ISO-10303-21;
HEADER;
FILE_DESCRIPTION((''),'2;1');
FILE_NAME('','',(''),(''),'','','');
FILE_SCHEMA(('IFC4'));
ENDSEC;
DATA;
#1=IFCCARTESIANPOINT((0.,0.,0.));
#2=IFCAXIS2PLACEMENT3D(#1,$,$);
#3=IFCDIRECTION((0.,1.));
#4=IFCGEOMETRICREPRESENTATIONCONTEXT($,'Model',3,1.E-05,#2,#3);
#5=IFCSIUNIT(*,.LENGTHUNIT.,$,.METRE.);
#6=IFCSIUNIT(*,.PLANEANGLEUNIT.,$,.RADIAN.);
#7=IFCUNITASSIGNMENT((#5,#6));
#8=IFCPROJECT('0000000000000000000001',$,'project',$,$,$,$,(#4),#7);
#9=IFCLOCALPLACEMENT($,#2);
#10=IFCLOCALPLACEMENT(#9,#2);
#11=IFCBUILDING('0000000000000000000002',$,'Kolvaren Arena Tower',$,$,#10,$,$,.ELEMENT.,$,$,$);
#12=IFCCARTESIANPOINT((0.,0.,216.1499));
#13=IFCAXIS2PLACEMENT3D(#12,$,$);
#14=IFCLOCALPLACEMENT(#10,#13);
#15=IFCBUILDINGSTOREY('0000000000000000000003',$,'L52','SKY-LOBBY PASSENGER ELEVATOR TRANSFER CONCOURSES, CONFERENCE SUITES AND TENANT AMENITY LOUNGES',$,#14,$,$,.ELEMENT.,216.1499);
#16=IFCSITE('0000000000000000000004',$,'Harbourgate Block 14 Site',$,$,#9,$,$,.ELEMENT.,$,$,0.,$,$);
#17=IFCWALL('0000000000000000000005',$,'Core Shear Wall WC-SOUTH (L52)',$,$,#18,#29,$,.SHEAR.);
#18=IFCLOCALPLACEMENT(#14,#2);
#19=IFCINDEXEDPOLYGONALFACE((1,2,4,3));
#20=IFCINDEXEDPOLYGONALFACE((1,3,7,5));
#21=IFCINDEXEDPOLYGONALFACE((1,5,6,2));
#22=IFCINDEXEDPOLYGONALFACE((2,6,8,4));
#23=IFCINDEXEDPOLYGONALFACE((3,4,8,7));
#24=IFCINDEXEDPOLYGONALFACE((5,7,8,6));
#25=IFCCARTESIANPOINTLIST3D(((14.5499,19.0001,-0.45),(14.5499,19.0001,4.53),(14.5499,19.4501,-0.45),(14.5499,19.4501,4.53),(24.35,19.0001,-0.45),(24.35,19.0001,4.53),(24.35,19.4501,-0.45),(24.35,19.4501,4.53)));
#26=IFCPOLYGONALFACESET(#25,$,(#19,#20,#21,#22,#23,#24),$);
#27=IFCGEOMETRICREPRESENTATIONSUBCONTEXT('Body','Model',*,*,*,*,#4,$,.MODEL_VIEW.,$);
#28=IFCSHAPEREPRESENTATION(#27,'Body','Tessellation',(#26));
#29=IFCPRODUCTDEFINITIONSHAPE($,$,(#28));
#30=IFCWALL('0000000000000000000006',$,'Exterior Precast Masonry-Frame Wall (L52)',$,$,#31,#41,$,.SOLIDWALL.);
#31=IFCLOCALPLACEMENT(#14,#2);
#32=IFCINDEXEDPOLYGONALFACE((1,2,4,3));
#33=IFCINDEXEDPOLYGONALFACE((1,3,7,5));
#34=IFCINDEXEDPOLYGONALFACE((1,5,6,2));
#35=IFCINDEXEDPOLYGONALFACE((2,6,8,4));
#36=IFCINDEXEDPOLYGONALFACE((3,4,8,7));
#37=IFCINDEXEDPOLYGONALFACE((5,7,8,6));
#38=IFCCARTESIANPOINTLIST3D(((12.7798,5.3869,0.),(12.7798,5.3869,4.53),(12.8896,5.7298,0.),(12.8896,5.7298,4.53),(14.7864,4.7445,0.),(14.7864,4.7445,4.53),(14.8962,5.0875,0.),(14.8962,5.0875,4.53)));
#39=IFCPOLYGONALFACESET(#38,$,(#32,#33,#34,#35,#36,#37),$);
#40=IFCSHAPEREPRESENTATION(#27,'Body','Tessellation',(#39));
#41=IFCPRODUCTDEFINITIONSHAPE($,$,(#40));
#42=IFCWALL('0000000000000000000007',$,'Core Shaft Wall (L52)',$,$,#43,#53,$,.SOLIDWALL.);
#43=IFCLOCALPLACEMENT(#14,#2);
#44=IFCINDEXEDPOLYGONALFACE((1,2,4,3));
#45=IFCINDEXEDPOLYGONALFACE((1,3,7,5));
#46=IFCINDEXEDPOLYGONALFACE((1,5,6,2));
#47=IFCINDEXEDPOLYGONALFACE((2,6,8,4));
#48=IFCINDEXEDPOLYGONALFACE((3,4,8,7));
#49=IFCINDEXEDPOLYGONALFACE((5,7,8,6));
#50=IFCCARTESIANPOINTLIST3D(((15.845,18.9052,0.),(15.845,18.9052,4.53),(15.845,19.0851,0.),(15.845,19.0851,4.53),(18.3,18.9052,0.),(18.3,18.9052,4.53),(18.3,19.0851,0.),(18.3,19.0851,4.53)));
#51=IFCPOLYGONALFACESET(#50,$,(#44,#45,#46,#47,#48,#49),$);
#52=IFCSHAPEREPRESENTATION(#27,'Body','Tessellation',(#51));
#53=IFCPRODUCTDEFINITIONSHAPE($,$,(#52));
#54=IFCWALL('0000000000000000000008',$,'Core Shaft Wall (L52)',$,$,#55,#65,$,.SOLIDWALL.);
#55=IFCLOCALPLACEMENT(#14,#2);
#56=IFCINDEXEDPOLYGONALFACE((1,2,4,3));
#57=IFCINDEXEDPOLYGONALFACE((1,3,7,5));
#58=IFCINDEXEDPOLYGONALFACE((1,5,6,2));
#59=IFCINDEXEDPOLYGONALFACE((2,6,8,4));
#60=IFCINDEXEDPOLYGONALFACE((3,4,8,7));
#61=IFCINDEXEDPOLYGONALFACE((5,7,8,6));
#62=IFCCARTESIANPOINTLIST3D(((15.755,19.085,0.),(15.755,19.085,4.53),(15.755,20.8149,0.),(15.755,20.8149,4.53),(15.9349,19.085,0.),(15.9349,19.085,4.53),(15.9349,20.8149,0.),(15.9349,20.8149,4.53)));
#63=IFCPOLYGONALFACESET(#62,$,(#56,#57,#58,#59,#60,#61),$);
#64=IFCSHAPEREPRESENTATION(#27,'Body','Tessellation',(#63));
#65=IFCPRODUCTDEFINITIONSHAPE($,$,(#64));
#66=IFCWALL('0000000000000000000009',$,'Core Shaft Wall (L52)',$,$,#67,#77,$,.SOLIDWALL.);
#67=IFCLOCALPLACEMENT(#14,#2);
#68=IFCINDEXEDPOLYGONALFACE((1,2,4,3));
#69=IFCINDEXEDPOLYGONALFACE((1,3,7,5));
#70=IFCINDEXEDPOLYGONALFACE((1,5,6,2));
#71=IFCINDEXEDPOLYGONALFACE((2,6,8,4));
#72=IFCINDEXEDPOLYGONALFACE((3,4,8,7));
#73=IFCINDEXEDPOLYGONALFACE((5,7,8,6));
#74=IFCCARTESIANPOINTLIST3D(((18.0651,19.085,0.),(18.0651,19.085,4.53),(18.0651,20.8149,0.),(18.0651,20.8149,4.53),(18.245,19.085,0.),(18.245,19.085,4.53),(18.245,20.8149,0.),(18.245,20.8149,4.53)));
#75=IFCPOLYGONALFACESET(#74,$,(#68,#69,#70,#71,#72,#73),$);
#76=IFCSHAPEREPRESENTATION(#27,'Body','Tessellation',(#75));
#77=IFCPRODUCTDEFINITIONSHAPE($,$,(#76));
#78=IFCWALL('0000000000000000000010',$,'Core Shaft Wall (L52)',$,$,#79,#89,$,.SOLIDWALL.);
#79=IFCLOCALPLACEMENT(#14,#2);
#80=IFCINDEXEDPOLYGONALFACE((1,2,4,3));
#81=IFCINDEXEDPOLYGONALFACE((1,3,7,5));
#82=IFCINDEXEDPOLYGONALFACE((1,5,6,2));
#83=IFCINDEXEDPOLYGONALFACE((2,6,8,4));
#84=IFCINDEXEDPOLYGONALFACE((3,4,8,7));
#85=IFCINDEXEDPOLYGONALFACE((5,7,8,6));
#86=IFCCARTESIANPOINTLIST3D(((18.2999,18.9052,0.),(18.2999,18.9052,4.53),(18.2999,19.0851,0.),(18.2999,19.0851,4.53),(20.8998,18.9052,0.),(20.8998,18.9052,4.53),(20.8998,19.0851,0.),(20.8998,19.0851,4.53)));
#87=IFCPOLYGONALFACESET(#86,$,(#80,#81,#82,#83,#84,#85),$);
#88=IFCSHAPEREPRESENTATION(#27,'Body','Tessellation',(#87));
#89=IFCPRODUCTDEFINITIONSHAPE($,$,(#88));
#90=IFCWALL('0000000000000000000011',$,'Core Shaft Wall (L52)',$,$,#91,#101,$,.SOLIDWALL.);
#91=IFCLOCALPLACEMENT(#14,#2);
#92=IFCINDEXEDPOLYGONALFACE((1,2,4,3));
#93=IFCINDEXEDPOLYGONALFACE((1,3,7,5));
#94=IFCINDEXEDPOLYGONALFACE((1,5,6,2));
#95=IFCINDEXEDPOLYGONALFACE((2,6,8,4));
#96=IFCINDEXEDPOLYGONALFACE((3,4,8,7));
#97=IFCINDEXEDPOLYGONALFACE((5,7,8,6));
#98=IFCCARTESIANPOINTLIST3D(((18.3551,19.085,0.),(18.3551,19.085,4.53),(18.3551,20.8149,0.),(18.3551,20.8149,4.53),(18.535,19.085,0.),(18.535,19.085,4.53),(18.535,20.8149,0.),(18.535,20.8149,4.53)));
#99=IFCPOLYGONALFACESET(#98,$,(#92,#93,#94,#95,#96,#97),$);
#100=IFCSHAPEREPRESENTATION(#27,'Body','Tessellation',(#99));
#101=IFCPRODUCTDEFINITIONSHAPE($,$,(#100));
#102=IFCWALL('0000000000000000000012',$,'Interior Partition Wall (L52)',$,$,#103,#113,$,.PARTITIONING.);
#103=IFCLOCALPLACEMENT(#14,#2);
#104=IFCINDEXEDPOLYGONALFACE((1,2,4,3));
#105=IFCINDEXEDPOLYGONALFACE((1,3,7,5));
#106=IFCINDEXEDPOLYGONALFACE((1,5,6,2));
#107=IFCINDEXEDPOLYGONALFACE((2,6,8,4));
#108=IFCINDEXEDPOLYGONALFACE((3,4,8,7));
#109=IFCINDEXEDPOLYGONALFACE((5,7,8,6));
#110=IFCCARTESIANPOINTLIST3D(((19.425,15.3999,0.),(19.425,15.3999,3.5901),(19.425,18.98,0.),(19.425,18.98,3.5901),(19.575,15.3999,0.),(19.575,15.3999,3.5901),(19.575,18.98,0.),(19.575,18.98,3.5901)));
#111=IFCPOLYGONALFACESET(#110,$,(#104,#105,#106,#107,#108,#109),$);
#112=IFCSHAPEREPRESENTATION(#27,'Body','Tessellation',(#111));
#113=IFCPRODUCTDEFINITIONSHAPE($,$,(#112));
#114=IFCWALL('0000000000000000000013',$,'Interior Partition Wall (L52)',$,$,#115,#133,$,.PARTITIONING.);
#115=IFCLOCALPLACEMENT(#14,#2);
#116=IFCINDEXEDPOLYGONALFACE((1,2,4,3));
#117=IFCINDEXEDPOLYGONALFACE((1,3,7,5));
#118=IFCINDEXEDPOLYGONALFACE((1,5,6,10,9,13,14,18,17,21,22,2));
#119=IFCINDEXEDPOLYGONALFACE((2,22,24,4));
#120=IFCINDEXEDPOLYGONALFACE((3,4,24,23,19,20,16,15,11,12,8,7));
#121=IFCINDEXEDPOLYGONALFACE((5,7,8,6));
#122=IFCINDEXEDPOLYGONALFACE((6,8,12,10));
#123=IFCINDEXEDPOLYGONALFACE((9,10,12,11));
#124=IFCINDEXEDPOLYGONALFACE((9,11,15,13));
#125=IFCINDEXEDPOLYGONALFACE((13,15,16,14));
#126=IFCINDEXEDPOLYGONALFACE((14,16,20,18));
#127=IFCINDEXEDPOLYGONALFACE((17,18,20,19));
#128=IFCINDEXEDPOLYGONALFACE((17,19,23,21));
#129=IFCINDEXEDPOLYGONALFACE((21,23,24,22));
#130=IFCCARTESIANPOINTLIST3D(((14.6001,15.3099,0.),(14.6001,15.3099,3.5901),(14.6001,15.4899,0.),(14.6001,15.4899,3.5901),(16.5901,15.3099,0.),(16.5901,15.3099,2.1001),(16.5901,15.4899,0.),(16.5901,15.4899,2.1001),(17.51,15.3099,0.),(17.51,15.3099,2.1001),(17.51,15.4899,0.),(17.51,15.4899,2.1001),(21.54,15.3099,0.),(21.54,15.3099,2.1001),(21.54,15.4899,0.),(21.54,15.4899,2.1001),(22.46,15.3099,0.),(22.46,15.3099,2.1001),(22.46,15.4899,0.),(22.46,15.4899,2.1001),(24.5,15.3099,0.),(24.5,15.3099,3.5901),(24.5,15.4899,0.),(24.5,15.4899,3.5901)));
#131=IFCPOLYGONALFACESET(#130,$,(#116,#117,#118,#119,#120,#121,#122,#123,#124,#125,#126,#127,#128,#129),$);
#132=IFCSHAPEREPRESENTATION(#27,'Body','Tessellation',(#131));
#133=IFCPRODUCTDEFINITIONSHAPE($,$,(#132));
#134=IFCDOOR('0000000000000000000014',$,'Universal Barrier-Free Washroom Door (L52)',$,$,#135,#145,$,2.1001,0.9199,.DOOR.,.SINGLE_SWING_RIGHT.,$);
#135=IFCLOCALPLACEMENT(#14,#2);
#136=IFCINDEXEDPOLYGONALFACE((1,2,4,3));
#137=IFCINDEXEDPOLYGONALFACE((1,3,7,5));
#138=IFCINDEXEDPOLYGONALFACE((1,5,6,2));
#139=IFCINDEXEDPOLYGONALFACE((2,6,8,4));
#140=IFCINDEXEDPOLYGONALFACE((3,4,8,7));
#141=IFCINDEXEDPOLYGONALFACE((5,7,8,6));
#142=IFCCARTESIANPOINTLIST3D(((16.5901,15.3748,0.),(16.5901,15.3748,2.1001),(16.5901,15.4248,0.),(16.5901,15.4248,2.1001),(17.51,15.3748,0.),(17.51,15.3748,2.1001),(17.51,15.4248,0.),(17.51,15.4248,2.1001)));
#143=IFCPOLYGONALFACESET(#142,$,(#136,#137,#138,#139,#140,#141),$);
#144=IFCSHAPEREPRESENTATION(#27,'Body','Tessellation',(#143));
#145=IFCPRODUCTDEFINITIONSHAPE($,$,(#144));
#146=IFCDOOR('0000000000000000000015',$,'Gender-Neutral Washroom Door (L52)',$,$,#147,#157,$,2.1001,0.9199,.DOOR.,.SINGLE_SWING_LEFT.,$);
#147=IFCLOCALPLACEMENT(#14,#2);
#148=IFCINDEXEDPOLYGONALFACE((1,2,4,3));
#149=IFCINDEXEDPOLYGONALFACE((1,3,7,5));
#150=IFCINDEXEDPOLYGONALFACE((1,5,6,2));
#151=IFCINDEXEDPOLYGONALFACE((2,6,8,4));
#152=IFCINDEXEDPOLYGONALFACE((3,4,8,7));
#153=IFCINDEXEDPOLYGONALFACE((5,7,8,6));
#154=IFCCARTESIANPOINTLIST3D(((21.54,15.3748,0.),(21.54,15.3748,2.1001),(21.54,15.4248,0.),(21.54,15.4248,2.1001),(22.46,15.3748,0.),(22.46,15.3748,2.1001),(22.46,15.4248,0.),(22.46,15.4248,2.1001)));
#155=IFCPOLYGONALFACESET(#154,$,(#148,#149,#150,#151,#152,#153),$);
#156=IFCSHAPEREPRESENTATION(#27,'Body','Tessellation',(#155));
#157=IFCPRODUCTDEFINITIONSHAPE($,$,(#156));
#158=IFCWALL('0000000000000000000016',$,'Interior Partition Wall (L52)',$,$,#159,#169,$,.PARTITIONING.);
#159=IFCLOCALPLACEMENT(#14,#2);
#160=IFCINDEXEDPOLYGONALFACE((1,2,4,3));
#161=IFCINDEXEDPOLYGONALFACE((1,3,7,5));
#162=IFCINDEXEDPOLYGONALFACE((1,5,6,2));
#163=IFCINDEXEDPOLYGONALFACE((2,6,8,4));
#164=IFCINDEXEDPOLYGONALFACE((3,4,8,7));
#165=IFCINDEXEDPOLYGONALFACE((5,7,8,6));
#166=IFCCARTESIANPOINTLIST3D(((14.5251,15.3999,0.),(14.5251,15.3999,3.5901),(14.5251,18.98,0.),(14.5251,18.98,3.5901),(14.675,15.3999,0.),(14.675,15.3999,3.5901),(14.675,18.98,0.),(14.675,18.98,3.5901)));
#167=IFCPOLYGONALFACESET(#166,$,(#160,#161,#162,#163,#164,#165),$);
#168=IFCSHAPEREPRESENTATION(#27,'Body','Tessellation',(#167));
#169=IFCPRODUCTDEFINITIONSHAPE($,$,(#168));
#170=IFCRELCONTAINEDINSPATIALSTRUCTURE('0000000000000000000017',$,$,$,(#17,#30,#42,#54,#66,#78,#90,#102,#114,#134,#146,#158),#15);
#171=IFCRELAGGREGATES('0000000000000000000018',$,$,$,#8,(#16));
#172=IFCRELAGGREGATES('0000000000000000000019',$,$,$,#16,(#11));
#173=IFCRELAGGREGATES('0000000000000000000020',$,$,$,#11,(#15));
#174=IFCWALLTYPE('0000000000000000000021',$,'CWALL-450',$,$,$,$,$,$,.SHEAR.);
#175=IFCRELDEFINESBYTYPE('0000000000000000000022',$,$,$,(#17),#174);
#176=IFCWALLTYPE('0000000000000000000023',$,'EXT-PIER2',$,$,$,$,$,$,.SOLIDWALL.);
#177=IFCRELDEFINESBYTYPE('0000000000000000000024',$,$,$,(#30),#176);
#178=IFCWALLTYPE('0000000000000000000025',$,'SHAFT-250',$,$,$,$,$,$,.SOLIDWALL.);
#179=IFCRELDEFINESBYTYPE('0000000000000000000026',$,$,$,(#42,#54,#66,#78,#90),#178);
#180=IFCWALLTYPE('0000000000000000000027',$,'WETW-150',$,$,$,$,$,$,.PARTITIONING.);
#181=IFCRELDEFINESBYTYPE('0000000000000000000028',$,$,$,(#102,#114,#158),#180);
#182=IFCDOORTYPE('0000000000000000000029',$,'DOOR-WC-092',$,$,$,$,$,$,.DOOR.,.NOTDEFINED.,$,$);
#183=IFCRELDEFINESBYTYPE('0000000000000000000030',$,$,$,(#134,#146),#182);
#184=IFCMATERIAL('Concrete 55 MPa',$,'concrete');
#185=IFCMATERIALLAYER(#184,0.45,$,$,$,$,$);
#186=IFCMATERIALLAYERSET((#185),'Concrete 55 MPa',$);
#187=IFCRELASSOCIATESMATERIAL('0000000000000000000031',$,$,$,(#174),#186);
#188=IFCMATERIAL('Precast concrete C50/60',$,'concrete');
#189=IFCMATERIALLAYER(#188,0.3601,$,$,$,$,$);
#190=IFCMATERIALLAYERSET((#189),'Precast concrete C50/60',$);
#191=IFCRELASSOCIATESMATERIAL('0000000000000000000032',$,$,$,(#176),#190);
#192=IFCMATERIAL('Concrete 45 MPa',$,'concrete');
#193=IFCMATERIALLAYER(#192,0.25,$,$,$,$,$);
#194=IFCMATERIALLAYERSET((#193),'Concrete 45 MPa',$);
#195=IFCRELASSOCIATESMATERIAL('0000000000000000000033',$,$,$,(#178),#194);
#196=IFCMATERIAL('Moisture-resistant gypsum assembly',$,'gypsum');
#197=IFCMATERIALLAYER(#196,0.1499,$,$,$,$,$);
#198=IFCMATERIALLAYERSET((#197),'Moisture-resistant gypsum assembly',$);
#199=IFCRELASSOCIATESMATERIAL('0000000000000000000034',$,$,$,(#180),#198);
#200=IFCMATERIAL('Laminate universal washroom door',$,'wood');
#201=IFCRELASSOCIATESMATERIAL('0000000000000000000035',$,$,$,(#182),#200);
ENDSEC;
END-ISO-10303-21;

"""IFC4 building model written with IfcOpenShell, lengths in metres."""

from ifc_helpers import new_model, si_unit, direction, frame, frame_2d, origin, place, context, subcontext, project, spatial, rectangle, extrude, material, layer, layer_set, type_object, element, fill, save


model = new_model("IFC4")

# Units and contexts
model_context = context("Model", 3, precision=1e-05, world=origin(), true_north=direction((0.0, 1.0)))
body_context = subcontext(model_context, "Body", "Model", "MODEL_VIEW")
ifc_project = project(units=[si_unit("LENGTHUNIT", "METRE"), si_unit("PLANEANGLEUNIT", "RADIAN")], contexts=[model_context])

# Site, building, storey
site_placement = place(None, origin())
site = spatial("IfcSite", under=ifc_project, at=site_placement, Name="Harbourgate Block 14 Site", CompositionType="ELEMENT", RefElevation=0.0)
building_placement = place(site_placement, origin())
building = spatial("IfcBuilding", under=site, at=building_placement, Name="Kolvaren Arena Tower", CompositionType="ELEMENT")
storey_placement = place(building_placement, frame((0.0, 0.0, 216.1499)))
storey = spatial("IfcBuildingStorey", under=building, at=storey_placement, Name="L52", Description="SKY-LOBBY PASSENGER ELEVATOR TRANSFER CONCOURSES, CONFERENCE SUITES AND TENANT AMENITY LOUNGES", CompositionType="ELEMENT", Elevation=216.1499)

# Walls
ifc_material_1 = material(Name="Concrete 55 MPa", Category="concrete")
ifc_layer_1 = layer(ifc_material_1, 0.45)
ifc_layer_set_1 = layer_set([ifc_layer_1], Name="Concrete 55 MPa")
wall_type_1 = type_object("IfcWallType", Name="CWALL-450", PredefinedType="SHEAR", material=ifc_layer_set_1)
wall_1_placement = place(storey_placement, frame((14.55, 19.2251, -0.45), z_axis=(0.0, 0.0, 1.0), x_axis=(1.0, 0.0, 0.0)))
element("IfcWall", 1, at=wall_1_placement, inside=storey, type_object=wall_type_1, Name="Core Shear Wall WC-SOUTH (L52)", PredefinedType="SHEAR", context=body_context, shape_type="SweptSolid", body=[
    extrude(rectangle(XDim=9.8, YDim=0.45, at=frame_2d((4.8999, 0.0))), origin(), (0.0, 0.0, 1.0), 4.98),
])
ifc_material_2 = material(Name="Precast concrete C50/60", Category="concrete")
ifc_layer_2 = layer(ifc_material_2, 0.3601)
ifc_layer_set_2 = layer_set([ifc_layer_2], Name="Precast concrete C50/60")
wall_type_2 = type_object("IfcWallType", Name="EXT-PIER2", PredefinedType="SOLIDWALL", material=ifc_layer_set_2)
wall_2_placement = place(storey_placement, frame((14.8413, 4.916, 0.0), z_axis=(0.0, 0.0, 1.0), x_axis=(-0.952393, 0.304872, 0.0)))
element("IfcWall", 2, at=wall_2_placement, inside=storey, type_object=wall_type_2, Name="Exterior Precast Masonry-Frame Wall (L52)", PredefinedType="SOLIDWALL", context=body_context, shape_type="SweptSolid", body=[
    extrude(rectangle(XDim=2.1069, YDim=0.3601, at=frame_2d((1.0535, 0.0))), origin(), (0.0, 0.0, 1.0), 4.53),
])
ifc_material_3 = material(Name="Concrete 45 MPa", Category="concrete")
ifc_layer_3 = layer(ifc_material_3, 0.25)
ifc_layer_set_3 = layer_set([ifc_layer_3], Name="Concrete 45 MPa")
wall_type_3 = type_object("IfcWallType", Name="SHAFT-250", PredefinedType="SOLIDWALL", material=ifc_layer_set_3)
wall_3_placement = place(storey_placement, frame((15.845, 18.9951, 0.0), z_axis=(0.0, 0.0, 1.0), x_axis=(1.0, 0.0, 0.0)))
element("IfcWall", 3, at=wall_3_placement, inside=storey, type_object=wall_type_3, Name="Core Shaft Wall (L52)", PredefinedType="SOLIDWALL", context=body_context, shape_type="SweptSolid", body=[
    extrude(rectangle(XDim=2.4551, YDim=0.1799, at=frame_2d((1.2275, 0.0))), origin(), (0.0, 0.0, 1.0), 4.53),
])
for number, where, z_axis, x_axis, name in (
    (4, (15.845, 19.085, 0.0), (0.0, 0.0, 1.0), (0.0, 1.0, 0.0), "Core Shaft Wall (L52)"),
    (5, (18.155, 19.085, 0.0), (0.0, 0.0, 1.0), (0.0, 1.0, 0.0), "Core Shaft Wall (L52)"),
):
    element("IfcWall", number, at=place(storey_placement, frame(where, z_axis=z_axis, x_axis=x_axis)), inside=storey, type_object=wall_type_3, Name=name, PredefinedType="SOLIDWALL", context=body_context, shape_type="SweptSolid", body=[
        extrude(rectangle(XDim=1.73, YDim=0.1799, at=frame_2d((0.865, 0.0))), origin(), (0.0, 0.0, 1.0), 4.53),
    ])
wall_4_placement = place(storey_placement, frame((18.3, 18.9951, 0.0), z_axis=(0.0, 0.0, 1.0), x_axis=(1.0, 0.0, 0.0)))
element("IfcWall", 6, at=wall_4_placement, inside=storey, type_object=wall_type_3, Name="Core Shaft Wall (L52)", PredefinedType="SOLIDWALL", context=body_context, shape_type="SweptSolid", body=[
    extrude(rectangle(XDim=2.5999, YDim=0.1799, at=frame_2d((1.2998, 0.0))), origin(), (0.0, 0.0, 1.0), 4.53),
])
wall_5_placement = place(storey_placement, frame((18.4451, 19.085, 0.0), z_axis=(0.0, 0.0, 1.0), x_axis=(0.0, 1.0, 0.0)))
element("IfcWall", 7, at=wall_5_placement, inside=storey, type_object=wall_type_3, Name="Core Shaft Wall (L52)", PredefinedType="SOLIDWALL", context=body_context, shape_type="SweptSolid", body=[
    extrude(rectangle(XDim=1.73, YDim=0.1799, at=frame_2d((0.865, 0.0))), origin(), (0.0, 0.0, 1.0), 4.53),
])
ifc_material_4 = material(Name="Moisture-resistant gypsum assembly", Category="gypsum")
ifc_layer_4 = layer(ifc_material_4, 0.1499)
ifc_layer_set_4 = layer_set([ifc_layer_4], Name="Moisture-resistant gypsum assembly")
wall_type_4 = type_object("IfcWallType", Name="WETW-150", PredefinedType="PARTITIONING", material=ifc_layer_set_4)
wall_6_placement = place(storey_placement, frame((19.5, 15.3999, 0.0), z_axis=(0.0, 0.0, 1.0), x_axis=(0.0, 1.0, 0.0)))
element("IfcWall", 8, at=wall_6_placement, inside=storey, type_object=wall_type_4, Name="Interior Partition Wall (L52)", PredefinedType="PARTITIONING", context=body_context, shape_type="SweptSolid", body=[
    extrude(rectangle(XDim=3.5801, YDim=0.1499, at=frame_2d((1.79, 0.0))), origin(), (0.0, 0.0, 1.0), 3.5901),
])

# Wall, openings, doors
wall_7_placement = place(storey_placement, frame((14.6001, 15.3999, 0.0), z_axis=(0.0, 0.0, 1.0), x_axis=(1.0, 0.0, 0.0)))
wall_7 = element("IfcWall", 9, at=wall_7_placement, inside=storey, type_object=wall_type_4, Name="Interior Partition Wall (L52)", PredefinedType="PARTITIONING", context=body_context, shape_type="SweptSolid", body=[
    extrude(rectangle(XDim=9.8999, YDim=0.1799, at=frame_2d((4.95, 0.0))), origin(), (0.0, 0.0, 1.0), 3.5901),
])
opening_1_placement = place(wall_7_placement, frame((1.99, 0.0, 0.0)))
opening_1 = element("IfcOpeningElement", 10, at=opening_1_placement, cuts=wall_7, PredefinedType="OPENING", context=body_context, shape_type="SweptSolid", body=[
    extrude(rectangle(XDim=0.9199, YDim=2.1001, at=frame_2d((0.46, 1.05))), frame((0.0, 0.0999, 0.0), z_axis=(0.0, -1.0, 0.0), x_axis=(1.0, 0.0, 0.0)), (0.0, 0.0, 1.0), 0.2),
])
opening_2_placement = place(wall_7_placement, frame((6.9399, 0.0, 0.0)))
opening_2 = element("IfcOpeningElement", 11, at=opening_2_placement, cuts=wall_7, PredefinedType="OPENING", context=body_context, shape_type="SweptSolid", body=[
    extrude(rectangle(XDim=0.9199, YDim=2.1001, at=frame_2d((0.46, 1.05))), frame((0.0, 0.0999, 0.0), z_axis=(0.0, -1.0, 0.0), x_axis=(1.0, 0.0, 0.0)), (0.0, 0.0, 1.0), 0.2),
])
ifc_material_5 = material(Name="Laminate universal washroom door", Category="wood")
door_type_1 = type_object("IfcDoorType", Name="DOOR-WC-092", OperationType="NOTDEFINED", PredefinedType="DOOR", material=ifc_material_5)
door_1_placement = place(opening_1_placement, origin())
door_1 = element("IfcDoor", 12, at=door_1_placement, inside=storey, type_object=door_type_1, Name="Universal Barrier-Free Washroom Door (L52)", OperationType="SINGLE_SWING_RIGHT", OverallHeight=2.1001, OverallWidth=0.9199, PredefinedType="DOOR", context=body_context, shape_type="SweptSolid", body=[
    extrude(rectangle(XDim=0.9199, YDim=2.1001, at=frame_2d((0.46, 1.05))), frame((0.0, 0.0249, 0.0), z_axis=(0.0, -1.0, 0.0), x_axis=(1.0, 0.0, 0.0)), (0.0, 0.0, 1.0), 0.05),
])
fill(opening_1, door_1)
door_2_placement = place(opening_2_placement, origin())
door_2 = element("IfcDoor", 13, at=door_2_placement, inside=storey, type_object=door_type_1, Name="Gender-Neutral Washroom Door (L52)", OperationType="SINGLE_SWING_LEFT", OverallHeight=2.1001, OverallWidth=0.9199, PredefinedType="DOOR", context=body_context, shape_type="SweptSolid", body=[
    extrude(rectangle(XDim=0.9199, YDim=2.1001, at=frame_2d((0.46, 1.05))), frame((0.0, 0.0249, 0.0), z_axis=(0.0, -1.0, 0.0), x_axis=(1.0, 0.0, 0.0)), (0.0, 0.0, 1.0), 0.05),
])
fill(opening_2, door_2)

# Wall
wall_8_placement = place(storey_placement, frame((14.6001, 15.3999, 0.0), z_axis=(0.0, 0.0, 1.0), x_axis=(0.0, 1.0, 0.0)))
element("IfcWall", 14, at=wall_8_placement, inside=storey, type_object=wall_type_4, Name="Interior Partition Wall (L52)", PredefinedType="PARTITIONING", context=body_context, shape_type="SweptSolid", body=[
    extrude(rectangle(XDim=3.5801, YDim=0.1499, at=frame_2d((1.79, 0.0))), origin(), (0.0, 0.0, 1.0), 3.5901),
])

save(model, "model.ifc")
